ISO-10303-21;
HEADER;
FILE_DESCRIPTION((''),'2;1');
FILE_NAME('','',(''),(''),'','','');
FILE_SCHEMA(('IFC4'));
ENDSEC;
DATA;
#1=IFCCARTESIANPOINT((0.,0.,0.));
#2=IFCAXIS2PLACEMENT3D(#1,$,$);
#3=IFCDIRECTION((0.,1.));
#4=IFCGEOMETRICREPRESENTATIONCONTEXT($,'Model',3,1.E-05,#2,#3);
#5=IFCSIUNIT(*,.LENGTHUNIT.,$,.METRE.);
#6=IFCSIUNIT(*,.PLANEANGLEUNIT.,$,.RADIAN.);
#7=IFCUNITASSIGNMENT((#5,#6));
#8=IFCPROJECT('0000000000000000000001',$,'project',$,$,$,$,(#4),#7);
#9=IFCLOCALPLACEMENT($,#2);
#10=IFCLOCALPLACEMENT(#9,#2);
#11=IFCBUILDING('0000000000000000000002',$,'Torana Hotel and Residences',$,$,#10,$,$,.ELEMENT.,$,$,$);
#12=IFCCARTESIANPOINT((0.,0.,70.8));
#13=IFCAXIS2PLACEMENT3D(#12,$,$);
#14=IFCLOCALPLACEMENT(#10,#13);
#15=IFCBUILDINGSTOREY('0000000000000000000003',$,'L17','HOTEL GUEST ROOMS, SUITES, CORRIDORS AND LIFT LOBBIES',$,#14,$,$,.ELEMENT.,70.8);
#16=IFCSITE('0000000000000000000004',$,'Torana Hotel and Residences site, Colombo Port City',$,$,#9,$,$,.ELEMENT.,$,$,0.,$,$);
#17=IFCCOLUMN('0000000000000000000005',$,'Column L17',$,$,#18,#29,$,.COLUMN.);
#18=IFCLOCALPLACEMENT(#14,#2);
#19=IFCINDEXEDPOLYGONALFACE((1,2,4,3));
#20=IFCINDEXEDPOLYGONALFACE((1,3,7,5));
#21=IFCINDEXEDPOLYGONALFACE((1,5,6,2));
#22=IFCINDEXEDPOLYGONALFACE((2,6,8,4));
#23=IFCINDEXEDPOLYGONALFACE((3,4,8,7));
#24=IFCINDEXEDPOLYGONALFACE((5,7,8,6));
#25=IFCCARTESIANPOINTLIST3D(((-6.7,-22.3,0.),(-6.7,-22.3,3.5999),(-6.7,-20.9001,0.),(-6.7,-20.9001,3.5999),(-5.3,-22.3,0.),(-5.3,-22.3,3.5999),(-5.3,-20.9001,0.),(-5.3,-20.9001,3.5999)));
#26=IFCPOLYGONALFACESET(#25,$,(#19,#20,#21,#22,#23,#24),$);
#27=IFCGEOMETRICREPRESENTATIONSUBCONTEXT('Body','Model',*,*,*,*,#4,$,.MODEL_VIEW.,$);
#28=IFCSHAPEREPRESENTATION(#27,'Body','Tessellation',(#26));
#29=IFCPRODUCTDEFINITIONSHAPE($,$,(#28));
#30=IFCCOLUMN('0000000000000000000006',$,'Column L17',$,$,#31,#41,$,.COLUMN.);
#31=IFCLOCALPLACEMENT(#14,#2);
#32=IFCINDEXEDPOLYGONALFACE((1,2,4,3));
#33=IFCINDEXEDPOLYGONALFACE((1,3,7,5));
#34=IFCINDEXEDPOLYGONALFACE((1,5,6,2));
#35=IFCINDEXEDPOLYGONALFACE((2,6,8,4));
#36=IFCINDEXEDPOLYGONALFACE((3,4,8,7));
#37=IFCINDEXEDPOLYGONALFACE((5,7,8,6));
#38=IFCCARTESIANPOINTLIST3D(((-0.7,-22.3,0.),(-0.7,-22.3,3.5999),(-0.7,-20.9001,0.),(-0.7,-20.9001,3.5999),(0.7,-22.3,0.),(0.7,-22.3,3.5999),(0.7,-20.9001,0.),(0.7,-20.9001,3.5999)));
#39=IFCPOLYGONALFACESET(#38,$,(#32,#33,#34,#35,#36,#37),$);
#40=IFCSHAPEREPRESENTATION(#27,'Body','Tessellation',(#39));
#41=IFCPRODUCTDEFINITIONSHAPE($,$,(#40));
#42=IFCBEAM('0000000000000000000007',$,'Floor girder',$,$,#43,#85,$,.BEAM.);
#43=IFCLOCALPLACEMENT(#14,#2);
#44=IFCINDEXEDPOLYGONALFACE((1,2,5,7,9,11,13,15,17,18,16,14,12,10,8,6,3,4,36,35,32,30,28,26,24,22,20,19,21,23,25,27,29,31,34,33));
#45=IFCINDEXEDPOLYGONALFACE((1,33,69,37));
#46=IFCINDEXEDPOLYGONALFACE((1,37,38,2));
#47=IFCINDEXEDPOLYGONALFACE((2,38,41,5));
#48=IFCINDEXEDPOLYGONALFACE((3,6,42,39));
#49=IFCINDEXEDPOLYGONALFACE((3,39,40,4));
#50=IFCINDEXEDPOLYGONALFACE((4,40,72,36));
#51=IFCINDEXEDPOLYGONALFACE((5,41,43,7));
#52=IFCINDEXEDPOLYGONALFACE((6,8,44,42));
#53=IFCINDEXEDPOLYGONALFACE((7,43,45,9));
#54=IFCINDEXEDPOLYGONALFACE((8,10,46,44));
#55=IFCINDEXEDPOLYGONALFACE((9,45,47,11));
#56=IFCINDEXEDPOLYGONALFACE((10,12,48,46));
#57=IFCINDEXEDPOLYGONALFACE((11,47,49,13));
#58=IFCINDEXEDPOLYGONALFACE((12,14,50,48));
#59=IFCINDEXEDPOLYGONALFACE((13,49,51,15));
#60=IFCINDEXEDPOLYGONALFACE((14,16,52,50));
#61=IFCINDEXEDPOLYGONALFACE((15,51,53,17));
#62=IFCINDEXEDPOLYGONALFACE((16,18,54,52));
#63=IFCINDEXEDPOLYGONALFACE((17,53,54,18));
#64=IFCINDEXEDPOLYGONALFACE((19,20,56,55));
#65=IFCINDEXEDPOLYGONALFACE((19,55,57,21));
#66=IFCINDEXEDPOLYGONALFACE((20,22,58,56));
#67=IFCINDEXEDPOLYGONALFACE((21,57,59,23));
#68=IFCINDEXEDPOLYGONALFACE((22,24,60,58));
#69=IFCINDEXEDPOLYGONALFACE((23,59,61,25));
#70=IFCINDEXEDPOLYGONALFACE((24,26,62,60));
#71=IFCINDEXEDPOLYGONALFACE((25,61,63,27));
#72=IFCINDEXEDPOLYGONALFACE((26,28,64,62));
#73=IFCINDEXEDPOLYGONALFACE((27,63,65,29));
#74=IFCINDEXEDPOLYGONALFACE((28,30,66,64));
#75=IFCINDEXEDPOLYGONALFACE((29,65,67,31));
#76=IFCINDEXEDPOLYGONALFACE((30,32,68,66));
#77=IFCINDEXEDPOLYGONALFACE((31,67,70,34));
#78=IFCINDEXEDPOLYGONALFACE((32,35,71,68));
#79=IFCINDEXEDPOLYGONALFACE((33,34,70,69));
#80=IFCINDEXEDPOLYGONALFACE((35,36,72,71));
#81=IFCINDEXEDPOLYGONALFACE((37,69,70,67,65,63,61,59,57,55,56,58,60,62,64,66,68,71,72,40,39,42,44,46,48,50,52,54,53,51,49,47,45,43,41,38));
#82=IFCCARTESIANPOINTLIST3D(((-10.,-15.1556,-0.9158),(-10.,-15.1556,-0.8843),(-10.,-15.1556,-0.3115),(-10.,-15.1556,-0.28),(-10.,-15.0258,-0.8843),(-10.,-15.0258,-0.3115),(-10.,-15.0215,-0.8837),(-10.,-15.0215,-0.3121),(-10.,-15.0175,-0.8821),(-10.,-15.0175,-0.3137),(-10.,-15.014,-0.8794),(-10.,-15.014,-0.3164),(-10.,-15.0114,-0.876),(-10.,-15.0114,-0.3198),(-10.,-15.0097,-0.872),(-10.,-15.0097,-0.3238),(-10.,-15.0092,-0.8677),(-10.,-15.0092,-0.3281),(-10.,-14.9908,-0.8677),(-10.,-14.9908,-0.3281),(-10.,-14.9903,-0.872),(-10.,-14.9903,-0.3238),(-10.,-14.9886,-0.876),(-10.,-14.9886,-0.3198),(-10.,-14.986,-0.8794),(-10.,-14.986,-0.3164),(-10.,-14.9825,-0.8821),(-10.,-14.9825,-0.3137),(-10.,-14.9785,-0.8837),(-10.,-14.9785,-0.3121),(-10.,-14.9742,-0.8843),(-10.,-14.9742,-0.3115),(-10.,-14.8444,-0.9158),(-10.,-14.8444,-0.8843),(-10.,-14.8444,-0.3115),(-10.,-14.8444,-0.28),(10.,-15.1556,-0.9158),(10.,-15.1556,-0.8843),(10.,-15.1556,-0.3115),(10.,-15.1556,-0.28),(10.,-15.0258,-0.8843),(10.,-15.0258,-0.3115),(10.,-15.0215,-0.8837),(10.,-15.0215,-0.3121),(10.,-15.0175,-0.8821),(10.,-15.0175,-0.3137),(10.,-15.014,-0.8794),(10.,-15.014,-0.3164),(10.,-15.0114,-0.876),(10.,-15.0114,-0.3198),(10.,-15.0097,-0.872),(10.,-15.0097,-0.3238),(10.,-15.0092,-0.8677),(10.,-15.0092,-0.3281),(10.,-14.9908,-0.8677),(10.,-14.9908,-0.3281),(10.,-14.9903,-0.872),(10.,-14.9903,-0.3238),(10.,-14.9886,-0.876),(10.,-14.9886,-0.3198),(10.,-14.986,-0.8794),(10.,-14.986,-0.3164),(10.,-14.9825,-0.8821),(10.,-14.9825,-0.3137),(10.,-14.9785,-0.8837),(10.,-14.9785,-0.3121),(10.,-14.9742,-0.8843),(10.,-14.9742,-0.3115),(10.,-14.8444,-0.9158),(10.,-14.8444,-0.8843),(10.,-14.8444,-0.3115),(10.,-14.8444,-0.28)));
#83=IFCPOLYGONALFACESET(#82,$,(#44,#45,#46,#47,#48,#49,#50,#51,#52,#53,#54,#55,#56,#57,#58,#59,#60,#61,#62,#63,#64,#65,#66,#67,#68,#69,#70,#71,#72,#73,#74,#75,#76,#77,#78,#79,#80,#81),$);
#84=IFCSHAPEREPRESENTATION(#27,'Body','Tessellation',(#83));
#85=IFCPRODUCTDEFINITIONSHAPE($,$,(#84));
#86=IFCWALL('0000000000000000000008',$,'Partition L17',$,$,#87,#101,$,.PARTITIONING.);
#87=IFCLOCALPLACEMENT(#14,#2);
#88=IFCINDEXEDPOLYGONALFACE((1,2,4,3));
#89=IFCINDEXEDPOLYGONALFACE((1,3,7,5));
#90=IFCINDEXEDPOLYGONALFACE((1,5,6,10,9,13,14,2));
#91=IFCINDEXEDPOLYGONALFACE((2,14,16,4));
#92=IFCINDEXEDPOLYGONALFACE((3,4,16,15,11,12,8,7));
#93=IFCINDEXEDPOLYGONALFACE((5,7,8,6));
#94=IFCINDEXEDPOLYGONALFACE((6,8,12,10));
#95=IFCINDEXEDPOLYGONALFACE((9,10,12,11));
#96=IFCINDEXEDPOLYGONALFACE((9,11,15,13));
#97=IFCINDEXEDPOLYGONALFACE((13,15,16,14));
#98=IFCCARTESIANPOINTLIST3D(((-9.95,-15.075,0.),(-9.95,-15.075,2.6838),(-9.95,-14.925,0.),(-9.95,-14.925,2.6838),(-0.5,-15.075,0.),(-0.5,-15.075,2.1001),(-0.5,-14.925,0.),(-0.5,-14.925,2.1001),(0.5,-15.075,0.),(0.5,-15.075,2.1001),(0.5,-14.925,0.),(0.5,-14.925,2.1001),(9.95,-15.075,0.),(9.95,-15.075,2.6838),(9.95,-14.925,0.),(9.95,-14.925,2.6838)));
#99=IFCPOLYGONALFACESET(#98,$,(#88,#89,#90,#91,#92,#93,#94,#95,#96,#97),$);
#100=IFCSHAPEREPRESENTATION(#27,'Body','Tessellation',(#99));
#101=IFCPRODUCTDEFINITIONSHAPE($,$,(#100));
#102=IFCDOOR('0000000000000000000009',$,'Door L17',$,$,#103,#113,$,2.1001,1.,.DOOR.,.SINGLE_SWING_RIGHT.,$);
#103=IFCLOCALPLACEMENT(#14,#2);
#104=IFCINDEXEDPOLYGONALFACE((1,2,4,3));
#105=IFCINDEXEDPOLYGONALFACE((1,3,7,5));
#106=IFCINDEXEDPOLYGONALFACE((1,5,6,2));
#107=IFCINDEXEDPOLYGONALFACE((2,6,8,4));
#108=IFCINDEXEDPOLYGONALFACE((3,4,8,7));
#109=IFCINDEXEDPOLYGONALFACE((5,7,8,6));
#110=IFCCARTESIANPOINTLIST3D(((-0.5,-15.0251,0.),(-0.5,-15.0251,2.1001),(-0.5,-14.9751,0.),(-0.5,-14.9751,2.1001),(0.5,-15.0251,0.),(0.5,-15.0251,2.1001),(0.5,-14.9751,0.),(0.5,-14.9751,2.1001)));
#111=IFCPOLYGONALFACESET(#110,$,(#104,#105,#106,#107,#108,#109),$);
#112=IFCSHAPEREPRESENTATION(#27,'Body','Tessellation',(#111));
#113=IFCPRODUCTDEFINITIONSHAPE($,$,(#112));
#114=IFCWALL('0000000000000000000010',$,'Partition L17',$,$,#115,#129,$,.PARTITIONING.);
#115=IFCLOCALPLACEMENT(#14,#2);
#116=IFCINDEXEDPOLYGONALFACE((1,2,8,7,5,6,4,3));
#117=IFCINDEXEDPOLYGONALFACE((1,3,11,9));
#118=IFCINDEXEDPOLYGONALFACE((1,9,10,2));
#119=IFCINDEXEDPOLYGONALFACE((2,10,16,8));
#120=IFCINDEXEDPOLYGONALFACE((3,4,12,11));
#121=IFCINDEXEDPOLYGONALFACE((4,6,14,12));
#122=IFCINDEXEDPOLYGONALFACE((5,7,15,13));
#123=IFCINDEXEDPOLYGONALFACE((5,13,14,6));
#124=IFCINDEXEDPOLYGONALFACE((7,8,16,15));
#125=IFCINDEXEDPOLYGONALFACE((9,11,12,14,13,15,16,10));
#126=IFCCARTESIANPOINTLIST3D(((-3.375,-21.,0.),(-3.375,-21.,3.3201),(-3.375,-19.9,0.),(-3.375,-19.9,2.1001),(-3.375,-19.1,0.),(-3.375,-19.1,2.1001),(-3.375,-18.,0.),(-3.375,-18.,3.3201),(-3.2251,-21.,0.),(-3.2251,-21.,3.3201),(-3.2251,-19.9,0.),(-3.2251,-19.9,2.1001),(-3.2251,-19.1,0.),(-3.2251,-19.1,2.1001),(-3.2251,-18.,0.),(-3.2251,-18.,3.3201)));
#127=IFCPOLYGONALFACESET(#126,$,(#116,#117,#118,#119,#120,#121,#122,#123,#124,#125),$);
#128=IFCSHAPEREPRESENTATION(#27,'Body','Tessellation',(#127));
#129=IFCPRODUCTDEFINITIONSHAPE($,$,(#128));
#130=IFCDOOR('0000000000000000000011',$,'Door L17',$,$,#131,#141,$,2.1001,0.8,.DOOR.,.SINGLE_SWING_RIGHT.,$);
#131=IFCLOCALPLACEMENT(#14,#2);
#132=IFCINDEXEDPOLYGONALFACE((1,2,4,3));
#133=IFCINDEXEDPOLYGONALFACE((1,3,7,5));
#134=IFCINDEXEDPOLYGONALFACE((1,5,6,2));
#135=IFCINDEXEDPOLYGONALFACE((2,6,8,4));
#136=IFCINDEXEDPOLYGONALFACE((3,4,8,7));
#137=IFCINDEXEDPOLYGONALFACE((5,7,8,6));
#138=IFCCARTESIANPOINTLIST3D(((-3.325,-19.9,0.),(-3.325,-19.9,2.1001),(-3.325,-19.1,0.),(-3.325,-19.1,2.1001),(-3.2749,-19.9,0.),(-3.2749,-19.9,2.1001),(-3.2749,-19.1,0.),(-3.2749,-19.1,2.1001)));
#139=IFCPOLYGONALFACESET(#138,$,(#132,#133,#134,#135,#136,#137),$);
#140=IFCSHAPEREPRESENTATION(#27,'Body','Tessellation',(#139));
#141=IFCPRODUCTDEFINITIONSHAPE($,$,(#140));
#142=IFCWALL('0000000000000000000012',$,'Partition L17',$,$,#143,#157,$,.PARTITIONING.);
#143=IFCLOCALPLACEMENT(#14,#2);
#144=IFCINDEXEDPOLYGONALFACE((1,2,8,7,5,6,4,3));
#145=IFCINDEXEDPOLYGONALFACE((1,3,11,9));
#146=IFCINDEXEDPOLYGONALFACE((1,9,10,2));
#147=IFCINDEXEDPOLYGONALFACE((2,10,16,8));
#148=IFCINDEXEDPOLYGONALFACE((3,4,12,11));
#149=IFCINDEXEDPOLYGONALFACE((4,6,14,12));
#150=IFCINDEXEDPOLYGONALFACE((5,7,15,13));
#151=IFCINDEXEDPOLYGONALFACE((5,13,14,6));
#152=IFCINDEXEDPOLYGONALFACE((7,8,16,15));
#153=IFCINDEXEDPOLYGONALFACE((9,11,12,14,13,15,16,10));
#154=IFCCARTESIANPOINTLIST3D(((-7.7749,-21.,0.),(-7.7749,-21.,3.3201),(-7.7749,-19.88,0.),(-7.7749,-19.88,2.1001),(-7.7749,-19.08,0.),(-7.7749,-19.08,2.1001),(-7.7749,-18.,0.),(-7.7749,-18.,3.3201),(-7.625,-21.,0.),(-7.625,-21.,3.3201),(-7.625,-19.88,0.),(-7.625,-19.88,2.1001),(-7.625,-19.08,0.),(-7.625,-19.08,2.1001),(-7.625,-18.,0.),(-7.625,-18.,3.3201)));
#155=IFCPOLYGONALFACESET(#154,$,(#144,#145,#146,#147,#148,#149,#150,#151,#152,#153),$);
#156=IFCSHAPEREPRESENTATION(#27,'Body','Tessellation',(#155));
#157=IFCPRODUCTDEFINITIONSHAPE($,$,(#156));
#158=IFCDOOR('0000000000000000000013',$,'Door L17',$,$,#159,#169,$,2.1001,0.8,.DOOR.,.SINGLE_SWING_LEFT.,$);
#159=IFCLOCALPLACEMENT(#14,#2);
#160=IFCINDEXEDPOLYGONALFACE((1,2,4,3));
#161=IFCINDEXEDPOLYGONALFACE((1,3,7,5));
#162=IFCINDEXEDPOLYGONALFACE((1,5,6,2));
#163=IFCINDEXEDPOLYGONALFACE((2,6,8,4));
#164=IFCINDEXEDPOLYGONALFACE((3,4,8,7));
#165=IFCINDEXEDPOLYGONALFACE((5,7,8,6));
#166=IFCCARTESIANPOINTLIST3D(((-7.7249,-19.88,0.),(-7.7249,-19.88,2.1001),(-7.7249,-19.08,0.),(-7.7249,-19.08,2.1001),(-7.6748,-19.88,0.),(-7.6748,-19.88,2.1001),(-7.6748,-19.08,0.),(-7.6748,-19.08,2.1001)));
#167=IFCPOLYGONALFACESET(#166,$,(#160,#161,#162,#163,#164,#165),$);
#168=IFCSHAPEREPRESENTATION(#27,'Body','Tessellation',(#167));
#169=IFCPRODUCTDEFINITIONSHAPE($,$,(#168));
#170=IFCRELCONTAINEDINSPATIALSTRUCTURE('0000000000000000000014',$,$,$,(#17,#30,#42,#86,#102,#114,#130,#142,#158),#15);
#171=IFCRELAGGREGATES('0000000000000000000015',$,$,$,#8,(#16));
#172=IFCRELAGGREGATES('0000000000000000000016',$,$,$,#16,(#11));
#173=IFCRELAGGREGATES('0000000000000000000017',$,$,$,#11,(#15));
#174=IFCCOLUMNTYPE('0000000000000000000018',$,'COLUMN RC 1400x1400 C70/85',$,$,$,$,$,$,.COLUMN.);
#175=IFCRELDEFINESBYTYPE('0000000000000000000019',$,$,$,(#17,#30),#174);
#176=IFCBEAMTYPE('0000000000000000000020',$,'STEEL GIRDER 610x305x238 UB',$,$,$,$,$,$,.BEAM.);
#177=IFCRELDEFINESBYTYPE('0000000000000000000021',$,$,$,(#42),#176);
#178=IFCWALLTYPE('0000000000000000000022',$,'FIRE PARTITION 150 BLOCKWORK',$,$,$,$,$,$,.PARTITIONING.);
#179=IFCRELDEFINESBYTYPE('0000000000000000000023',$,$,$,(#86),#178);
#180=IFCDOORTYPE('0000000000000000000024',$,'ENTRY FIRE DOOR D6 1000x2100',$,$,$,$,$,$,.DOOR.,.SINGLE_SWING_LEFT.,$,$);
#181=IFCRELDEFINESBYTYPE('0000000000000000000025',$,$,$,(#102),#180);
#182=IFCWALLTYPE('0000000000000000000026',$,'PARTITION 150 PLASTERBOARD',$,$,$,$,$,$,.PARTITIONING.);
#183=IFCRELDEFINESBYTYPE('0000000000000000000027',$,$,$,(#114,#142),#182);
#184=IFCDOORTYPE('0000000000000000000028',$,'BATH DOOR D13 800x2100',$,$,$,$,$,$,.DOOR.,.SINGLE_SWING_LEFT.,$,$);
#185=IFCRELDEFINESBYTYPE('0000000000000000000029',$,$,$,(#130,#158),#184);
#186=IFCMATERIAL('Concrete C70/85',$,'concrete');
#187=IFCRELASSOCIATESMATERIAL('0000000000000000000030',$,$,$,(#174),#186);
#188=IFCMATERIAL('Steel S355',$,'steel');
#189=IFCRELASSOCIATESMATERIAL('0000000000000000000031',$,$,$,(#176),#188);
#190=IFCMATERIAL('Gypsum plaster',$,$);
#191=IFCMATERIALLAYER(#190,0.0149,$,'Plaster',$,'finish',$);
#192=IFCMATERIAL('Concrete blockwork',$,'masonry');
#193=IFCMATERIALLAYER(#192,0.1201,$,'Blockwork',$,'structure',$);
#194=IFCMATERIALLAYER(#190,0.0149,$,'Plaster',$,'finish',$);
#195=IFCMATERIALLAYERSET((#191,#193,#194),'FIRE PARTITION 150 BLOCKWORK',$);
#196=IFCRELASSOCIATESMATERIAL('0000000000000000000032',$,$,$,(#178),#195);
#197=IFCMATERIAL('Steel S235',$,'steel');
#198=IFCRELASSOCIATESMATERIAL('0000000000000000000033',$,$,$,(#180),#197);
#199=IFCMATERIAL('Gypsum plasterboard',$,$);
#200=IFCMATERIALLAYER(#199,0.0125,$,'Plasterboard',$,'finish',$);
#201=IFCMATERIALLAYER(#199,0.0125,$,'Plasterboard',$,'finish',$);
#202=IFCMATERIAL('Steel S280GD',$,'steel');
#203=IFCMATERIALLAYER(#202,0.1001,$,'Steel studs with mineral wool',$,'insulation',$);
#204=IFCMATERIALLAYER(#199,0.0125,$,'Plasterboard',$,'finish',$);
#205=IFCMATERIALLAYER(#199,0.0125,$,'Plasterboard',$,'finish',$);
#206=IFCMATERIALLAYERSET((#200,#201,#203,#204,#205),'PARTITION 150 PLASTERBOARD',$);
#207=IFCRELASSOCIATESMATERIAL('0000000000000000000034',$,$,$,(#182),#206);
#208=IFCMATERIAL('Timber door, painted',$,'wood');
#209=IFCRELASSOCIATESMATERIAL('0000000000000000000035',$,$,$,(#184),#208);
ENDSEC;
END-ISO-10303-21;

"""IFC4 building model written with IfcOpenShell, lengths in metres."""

from ifc_helpers import new_model, si_unit, direction, frame, frame_2d, origin, origin_2d, place, context, subcontext, project, spatial, rectangle, i_section, extrude, material, layer, layer_set, material_profile, profile_set, type_object, element, fill, save


model = new_model("IFC4")

# Units and contexts
model_context = context("Model", 3, precision=1e-05, world=origin(), true_north=direction((0.0, 1.0)))
body_context = subcontext(model_context, "Body", "Model", "MODEL_VIEW")
ifc_project = project(units=[si_unit("LENGTHUNIT", "METRE"), si_unit("PLANEANGLEUNIT", "RADIAN")], contexts=[model_context])

# Site, building, storey
site_placement = place(None, origin())
site = spatial("IfcSite", under=ifc_project, at=site_placement, Name="Torana Hotel and Residences site, Colombo Port City", CompositionType="ELEMENT", RefElevation=0.0)
building_placement = place(site_placement, origin())
building = spatial("IfcBuilding", under=site, at=building_placement, Name="Torana Hotel and Residences", CompositionType="ELEMENT")
storey_placement = place(building_placement, frame((0.0, 0.0, 70.8)))
storey = spatial("IfcBuildingStorey", under=building, at=storey_placement, Name="L17", Description="HOTEL GUEST ROOMS, SUITES, CORRIDORS AND LIFT LOBBIES", CompositionType="ELEMENT", Elevation=70.8)

# Columns
ifc_material_1 = material(Name="Concrete C70/85", Category="concrete")
ifc_material_profile_1 = material_profile(ifc_material_1, rectangle(XDim=1.3999, YDim=1.3999, at=origin_2d()), Name="RC 1400x1400")
ifc_profile_set_1 = profile_set([ifc_material_profile_1], Name="Concrete C70/85")
column_type = type_object("IfcColumnType", Name="COLUMN RC 1400x1400 C70/85", PredefinedType="COLUMN", material=ifc_profile_set_1)
for number, where, z_axis, x_axis, name in (
    (1, (-6.0, -21.6001, 0.0), (0.0, 0.0, 1.0), (1.0, 0.0, 0.0), "Column L17"),
    (2, (0.0, -21.6001, 0.0), (0.0, 0.0, 1.0), (1.0, 0.0, 0.0), "Column L17"),
):
    element("IfcColumn", number, at=place(storey_placement, frame(where, z_axis=z_axis, x_axis=x_axis)), inside=storey, type_object=column_type, Name=name, PredefinedType="COLUMN", context=body_context, shape_type="SweptSolid", body=[
        extrude(rectangle(XDim=1.3999, YDim=1.3999, at=origin_2d()), origin(), (0.0, 0.0, 1.0), 3.5999),
    ])

# Beam
ifc_material_2 = material(Name="Steel S355", Category="steel")
ifc_material_profile_2 = material_profile(ifc_material_2, i_section(OverallWidth=0.3113, OverallDepth=0.6357, WebThickness=0.0183, FlangeThickness=0.0315, FilletRadius=0.0166, at=origin_2d()), Name="610x305x238 UB")
ifc_profile_set_2 = profile_set([ifc_material_profile_2], Name="Steel S355")
beam_type = type_object("IfcBeamType", Name="STEEL GIRDER 610x305x238 UB", PredefinedType="BEAM", material=ifc_profile_set_2)
beam_placement = place(storey_placement, frame((-10.0, -15.0, -0.5979), z_axis=(1.0, 0.0, 0.0), x_axis=(0.0, 1.0, 0.0)))
element("IfcBeam", 3, at=beam_placement, inside=storey, type_object=beam_type, Name="Floor girder", PredefinedType="BEAM", context=body_context, shape_type="SweptSolid", body=[
    extrude(i_section(OverallWidth=0.3113, OverallDepth=0.6357, WebThickness=0.0183, FlangeThickness=0.0315, FilletRadius=0.0166, at=origin_2d()), origin(), (0.0, 0.0, 1.0), 20.0),
])

# Walls, openings, doors
ifc_material_3 = material(Name="Gypsum plaster")
ifc_layer_1 = layer(ifc_material_3, 0.0149, Name="Plaster", Category="finish")
ifc_material_4 = material(Name="Concrete blockwork", Category="masonry")
ifc_layer_2 = layer(ifc_material_4, 0.1201, Name="Blockwork", Category="structure")
ifc_layer_3 = layer(ifc_material_3, 0.0149, Name="Plaster", Category="finish")
ifc_layer_set_1 = layer_set([ifc_layer_1, ifc_layer_2, ifc_layer_3], Name="FIRE PARTITION 150 BLOCKWORK")
wall_type_1 = type_object("IfcWallType", Name="FIRE PARTITION 150 BLOCKWORK", PredefinedType="PARTITIONING", material=ifc_layer_set_1)
wall_1_placement = place(storey_placement, frame((-9.95, -15.0, 0.0), z_axis=(0.0, 0.0, 1.0), x_axis=(1.0, 0.0, 0.0)))
wall_1 = element("IfcWall", 4, at=wall_1_placement, inside=storey, type_object=wall_type_1, Name="Partition L17", PredefinedType="PARTITIONING", context=body_context, shape_type="SweptSolid", body=[
    extrude(rectangle(XDim=19.8999, YDim=0.1499, at=frame_2d((9.95, 0.0))), origin(), (0.0, 0.0, 1.0), 2.6838),
])
opening_1_placement = place(wall_1_placement, frame((9.45, 0.0, 0.0)))
opening_1 = element("IfcOpeningElement", 5, at=opening_1_placement, cuts=wall_1, PredefinedType="OPENING", context=body_context, shape_type="SweptSolid", body=[
    extrude(rectangle(XDim=1.0, YDim=2.1001, at=frame_2d((0.5, 1.05))), frame((0.0, 0.085, 0.0), z_axis=(0.0, -1.0, 0.0), x_axis=(1.0, 0.0, 0.0)), (0.0, 0.0, 1.0), 0.1699),
])
ifc_material_5 = material(Name="Steel S235", Category="steel")
door_type_1 = type_object("IfcDoorType", Name="ENTRY FIRE DOOR D6 1000x2100", OperationType="SINGLE_SWING_LEFT", PredefinedType="DOOR", material=ifc_material_5)
door_1_placement = place(opening_1_placement, origin())
door_1 = element("IfcDoor", 6, at=door_1_placement, inside=storey, type_object=door_type_1, Name="Door L17", OperationType="SINGLE_SWING_RIGHT", OverallHeight=2.1001, OverallWidth=1.0, PredefinedType="DOOR", context=body_context, shape_type="SweptSolid", body=[
    extrude(rectangle(XDim=1.0, YDim=2.1001, at=frame_2d((0.5, 1.05))), frame((0.0, 0.0249, 0.0), z_axis=(0.0, -1.0, 0.0), x_axis=(1.0, 0.0, 0.0)), (0.0, 0.0, 1.0), 0.05),
])
fill(opening_1, door_1)
ifc_material_6 = material(Name="Gypsum plasterboard")
ifc_layer_4 = layer(ifc_material_6, 0.0125, Name="Plasterboard", Category="finish")
ifc_layer_5 = layer(ifc_material_6, 0.0125, Name="Plasterboard", Category="finish")
ifc_material_7 = material(Name="Steel S280GD", Category="steel")
ifc_layer_6 = layer(ifc_material_7, 0.1001, Name="Steel studs with mineral wool", Category="insulation")
ifc_layer_7 = layer(ifc_material_6, 0.0125, Name="Plasterboard", Category="finish")
ifc_layer_8 = layer(ifc_material_6, 0.0125, Name="Plasterboard", Category="finish")
ifc_layer_set_2 = layer_set([ifc_layer_4, ifc_layer_5, ifc_layer_6, ifc_layer_7, ifc_layer_8], Name="PARTITION 150 PLASTERBOARD")
wall_type_2 = type_object("IfcWallType", Name="PARTITION 150 PLASTERBOARD", PredefinedType="PARTITIONING", material=ifc_layer_set_2)
wall_2_placement = place(storey_placement, frame((-3.3, -21.0, 0.0), z_axis=(0.0, 0.0, 1.0), x_axis=(0.0, 1.0, 0.0)))
wall_2 = element("IfcWall", 7, at=wall_2_placement, inside=storey, type_object=wall_type_2, Name="Partition L17", PredefinedType="PARTITIONING", context=body_context, shape_type="SweptSolid", body=[
    extrude(rectangle(XDim=3.0, YDim=0.1499, at=frame_2d((1.5, 0.0))), origin(), (0.0, 0.0, 1.0), 3.3201),
])
opening_2_placement = place(wall_2_placement, frame((1.1001, 0.0, 0.0)))
opening_2 = element("IfcOpeningElement", 8, at=opening_2_placement, cuts=wall_2, PredefinedType="OPENING", context=body_context, shape_type="SweptSolid", body=[
    extrude(rectangle(XDim=0.8, YDim=2.1001, at=frame_2d((0.3999, 1.05))), frame((0.0, 0.085, 0.0), z_axis=(0.0, -1.0, 0.0), x_axis=(1.0, 0.0, 0.0)), (0.0, 0.0, 1.0), 0.1699),
])
ifc_material_8 = material(Name="Timber door, painted", Category="wood")
door_type_2 = type_object("IfcDoorType", Name="BATH DOOR D13 800x2100", OperationType="SINGLE_SWING_LEFT", PredefinedType="DOOR", material=ifc_material_8)
door_2_placement = place(opening_2_placement, origin())
door_2 = element("IfcDoor", 9, at=door_2_placement, inside=storey, type_object=door_type_2, Name="Door L17", OperationType="SINGLE_SWING_RIGHT", OverallHeight=2.1001, OverallWidth=0.8, PredefinedType="DOOR", context=body_context, shape_type="SweptSolid", body=[
    extrude(rectangle(XDim=0.8, YDim=2.1001, at=frame_2d((0.3999, 1.05))), frame((0.0, 0.0249, 0.0), z_axis=(0.0, -1.0, 0.0), x_axis=(1.0, 0.0, 0.0)), (0.0, 0.0, 1.0), 0.05),
])
fill(opening_2, door_2)
wall_3_placement = place(storey_placement, frame((-7.7, -21.0, 0.0), z_axis=(0.0, 0.0, 1.0), x_axis=(0.0, 1.0, 0.0)))
wall_3 = element("IfcWall", 10, at=wall_3_placement, inside=storey, type_object=wall_type_2, Name="Partition L17", PredefinedType="PARTITIONING", context=body_context, shape_type="SweptSolid", body=[
    extrude(rectangle(XDim=3.0, YDim=0.1499, at=frame_2d((1.5, 0.0))), origin(), (0.0, 0.0, 1.0), 3.3201),
])
opening_3_placement = place(wall_3_placement, frame((1.1201, 0.0, 0.0)))
opening_3 = element("IfcOpeningElement", 11, at=opening_3_placement, cuts=wall_3, PredefinedType="OPENING", context=body_context, shape_type="SweptSolid", body=[
    extrude(rectangle(XDim=0.8, YDim=2.1001, at=frame_2d((0.3999, 1.05))), frame((0.0, 0.085, 0.0), z_axis=(0.0, -1.0, 0.0), x_axis=(1.0, 0.0, 0.0)), (0.0, 0.0, 1.0), 0.1699),
])
door_3_placement = place(opening_3_placement, origin())
door_3 = element("IfcDoor", 12, at=door_3_placement, inside=storey, type_object=door_type_2, Name="Door L17", OperationType="SINGLE_SWING_LEFT", OverallHeight=2.1001, OverallWidth=0.8, PredefinedType="DOOR", context=body_context, shape_type="SweptSolid", body=[
    extrude(rectangle(XDim=0.8, YDim=2.1001, at=frame_2d((0.3999, 1.05))), frame((0.0, 0.0249, 0.0), z_axis=(0.0, -1.0, 0.0), x_axis=(1.0, 0.0, 0.0)), (0.0, 0.0, 1.0), 0.05),
])
fill(opening_3, door_3)

save(model, "model.ifc")
